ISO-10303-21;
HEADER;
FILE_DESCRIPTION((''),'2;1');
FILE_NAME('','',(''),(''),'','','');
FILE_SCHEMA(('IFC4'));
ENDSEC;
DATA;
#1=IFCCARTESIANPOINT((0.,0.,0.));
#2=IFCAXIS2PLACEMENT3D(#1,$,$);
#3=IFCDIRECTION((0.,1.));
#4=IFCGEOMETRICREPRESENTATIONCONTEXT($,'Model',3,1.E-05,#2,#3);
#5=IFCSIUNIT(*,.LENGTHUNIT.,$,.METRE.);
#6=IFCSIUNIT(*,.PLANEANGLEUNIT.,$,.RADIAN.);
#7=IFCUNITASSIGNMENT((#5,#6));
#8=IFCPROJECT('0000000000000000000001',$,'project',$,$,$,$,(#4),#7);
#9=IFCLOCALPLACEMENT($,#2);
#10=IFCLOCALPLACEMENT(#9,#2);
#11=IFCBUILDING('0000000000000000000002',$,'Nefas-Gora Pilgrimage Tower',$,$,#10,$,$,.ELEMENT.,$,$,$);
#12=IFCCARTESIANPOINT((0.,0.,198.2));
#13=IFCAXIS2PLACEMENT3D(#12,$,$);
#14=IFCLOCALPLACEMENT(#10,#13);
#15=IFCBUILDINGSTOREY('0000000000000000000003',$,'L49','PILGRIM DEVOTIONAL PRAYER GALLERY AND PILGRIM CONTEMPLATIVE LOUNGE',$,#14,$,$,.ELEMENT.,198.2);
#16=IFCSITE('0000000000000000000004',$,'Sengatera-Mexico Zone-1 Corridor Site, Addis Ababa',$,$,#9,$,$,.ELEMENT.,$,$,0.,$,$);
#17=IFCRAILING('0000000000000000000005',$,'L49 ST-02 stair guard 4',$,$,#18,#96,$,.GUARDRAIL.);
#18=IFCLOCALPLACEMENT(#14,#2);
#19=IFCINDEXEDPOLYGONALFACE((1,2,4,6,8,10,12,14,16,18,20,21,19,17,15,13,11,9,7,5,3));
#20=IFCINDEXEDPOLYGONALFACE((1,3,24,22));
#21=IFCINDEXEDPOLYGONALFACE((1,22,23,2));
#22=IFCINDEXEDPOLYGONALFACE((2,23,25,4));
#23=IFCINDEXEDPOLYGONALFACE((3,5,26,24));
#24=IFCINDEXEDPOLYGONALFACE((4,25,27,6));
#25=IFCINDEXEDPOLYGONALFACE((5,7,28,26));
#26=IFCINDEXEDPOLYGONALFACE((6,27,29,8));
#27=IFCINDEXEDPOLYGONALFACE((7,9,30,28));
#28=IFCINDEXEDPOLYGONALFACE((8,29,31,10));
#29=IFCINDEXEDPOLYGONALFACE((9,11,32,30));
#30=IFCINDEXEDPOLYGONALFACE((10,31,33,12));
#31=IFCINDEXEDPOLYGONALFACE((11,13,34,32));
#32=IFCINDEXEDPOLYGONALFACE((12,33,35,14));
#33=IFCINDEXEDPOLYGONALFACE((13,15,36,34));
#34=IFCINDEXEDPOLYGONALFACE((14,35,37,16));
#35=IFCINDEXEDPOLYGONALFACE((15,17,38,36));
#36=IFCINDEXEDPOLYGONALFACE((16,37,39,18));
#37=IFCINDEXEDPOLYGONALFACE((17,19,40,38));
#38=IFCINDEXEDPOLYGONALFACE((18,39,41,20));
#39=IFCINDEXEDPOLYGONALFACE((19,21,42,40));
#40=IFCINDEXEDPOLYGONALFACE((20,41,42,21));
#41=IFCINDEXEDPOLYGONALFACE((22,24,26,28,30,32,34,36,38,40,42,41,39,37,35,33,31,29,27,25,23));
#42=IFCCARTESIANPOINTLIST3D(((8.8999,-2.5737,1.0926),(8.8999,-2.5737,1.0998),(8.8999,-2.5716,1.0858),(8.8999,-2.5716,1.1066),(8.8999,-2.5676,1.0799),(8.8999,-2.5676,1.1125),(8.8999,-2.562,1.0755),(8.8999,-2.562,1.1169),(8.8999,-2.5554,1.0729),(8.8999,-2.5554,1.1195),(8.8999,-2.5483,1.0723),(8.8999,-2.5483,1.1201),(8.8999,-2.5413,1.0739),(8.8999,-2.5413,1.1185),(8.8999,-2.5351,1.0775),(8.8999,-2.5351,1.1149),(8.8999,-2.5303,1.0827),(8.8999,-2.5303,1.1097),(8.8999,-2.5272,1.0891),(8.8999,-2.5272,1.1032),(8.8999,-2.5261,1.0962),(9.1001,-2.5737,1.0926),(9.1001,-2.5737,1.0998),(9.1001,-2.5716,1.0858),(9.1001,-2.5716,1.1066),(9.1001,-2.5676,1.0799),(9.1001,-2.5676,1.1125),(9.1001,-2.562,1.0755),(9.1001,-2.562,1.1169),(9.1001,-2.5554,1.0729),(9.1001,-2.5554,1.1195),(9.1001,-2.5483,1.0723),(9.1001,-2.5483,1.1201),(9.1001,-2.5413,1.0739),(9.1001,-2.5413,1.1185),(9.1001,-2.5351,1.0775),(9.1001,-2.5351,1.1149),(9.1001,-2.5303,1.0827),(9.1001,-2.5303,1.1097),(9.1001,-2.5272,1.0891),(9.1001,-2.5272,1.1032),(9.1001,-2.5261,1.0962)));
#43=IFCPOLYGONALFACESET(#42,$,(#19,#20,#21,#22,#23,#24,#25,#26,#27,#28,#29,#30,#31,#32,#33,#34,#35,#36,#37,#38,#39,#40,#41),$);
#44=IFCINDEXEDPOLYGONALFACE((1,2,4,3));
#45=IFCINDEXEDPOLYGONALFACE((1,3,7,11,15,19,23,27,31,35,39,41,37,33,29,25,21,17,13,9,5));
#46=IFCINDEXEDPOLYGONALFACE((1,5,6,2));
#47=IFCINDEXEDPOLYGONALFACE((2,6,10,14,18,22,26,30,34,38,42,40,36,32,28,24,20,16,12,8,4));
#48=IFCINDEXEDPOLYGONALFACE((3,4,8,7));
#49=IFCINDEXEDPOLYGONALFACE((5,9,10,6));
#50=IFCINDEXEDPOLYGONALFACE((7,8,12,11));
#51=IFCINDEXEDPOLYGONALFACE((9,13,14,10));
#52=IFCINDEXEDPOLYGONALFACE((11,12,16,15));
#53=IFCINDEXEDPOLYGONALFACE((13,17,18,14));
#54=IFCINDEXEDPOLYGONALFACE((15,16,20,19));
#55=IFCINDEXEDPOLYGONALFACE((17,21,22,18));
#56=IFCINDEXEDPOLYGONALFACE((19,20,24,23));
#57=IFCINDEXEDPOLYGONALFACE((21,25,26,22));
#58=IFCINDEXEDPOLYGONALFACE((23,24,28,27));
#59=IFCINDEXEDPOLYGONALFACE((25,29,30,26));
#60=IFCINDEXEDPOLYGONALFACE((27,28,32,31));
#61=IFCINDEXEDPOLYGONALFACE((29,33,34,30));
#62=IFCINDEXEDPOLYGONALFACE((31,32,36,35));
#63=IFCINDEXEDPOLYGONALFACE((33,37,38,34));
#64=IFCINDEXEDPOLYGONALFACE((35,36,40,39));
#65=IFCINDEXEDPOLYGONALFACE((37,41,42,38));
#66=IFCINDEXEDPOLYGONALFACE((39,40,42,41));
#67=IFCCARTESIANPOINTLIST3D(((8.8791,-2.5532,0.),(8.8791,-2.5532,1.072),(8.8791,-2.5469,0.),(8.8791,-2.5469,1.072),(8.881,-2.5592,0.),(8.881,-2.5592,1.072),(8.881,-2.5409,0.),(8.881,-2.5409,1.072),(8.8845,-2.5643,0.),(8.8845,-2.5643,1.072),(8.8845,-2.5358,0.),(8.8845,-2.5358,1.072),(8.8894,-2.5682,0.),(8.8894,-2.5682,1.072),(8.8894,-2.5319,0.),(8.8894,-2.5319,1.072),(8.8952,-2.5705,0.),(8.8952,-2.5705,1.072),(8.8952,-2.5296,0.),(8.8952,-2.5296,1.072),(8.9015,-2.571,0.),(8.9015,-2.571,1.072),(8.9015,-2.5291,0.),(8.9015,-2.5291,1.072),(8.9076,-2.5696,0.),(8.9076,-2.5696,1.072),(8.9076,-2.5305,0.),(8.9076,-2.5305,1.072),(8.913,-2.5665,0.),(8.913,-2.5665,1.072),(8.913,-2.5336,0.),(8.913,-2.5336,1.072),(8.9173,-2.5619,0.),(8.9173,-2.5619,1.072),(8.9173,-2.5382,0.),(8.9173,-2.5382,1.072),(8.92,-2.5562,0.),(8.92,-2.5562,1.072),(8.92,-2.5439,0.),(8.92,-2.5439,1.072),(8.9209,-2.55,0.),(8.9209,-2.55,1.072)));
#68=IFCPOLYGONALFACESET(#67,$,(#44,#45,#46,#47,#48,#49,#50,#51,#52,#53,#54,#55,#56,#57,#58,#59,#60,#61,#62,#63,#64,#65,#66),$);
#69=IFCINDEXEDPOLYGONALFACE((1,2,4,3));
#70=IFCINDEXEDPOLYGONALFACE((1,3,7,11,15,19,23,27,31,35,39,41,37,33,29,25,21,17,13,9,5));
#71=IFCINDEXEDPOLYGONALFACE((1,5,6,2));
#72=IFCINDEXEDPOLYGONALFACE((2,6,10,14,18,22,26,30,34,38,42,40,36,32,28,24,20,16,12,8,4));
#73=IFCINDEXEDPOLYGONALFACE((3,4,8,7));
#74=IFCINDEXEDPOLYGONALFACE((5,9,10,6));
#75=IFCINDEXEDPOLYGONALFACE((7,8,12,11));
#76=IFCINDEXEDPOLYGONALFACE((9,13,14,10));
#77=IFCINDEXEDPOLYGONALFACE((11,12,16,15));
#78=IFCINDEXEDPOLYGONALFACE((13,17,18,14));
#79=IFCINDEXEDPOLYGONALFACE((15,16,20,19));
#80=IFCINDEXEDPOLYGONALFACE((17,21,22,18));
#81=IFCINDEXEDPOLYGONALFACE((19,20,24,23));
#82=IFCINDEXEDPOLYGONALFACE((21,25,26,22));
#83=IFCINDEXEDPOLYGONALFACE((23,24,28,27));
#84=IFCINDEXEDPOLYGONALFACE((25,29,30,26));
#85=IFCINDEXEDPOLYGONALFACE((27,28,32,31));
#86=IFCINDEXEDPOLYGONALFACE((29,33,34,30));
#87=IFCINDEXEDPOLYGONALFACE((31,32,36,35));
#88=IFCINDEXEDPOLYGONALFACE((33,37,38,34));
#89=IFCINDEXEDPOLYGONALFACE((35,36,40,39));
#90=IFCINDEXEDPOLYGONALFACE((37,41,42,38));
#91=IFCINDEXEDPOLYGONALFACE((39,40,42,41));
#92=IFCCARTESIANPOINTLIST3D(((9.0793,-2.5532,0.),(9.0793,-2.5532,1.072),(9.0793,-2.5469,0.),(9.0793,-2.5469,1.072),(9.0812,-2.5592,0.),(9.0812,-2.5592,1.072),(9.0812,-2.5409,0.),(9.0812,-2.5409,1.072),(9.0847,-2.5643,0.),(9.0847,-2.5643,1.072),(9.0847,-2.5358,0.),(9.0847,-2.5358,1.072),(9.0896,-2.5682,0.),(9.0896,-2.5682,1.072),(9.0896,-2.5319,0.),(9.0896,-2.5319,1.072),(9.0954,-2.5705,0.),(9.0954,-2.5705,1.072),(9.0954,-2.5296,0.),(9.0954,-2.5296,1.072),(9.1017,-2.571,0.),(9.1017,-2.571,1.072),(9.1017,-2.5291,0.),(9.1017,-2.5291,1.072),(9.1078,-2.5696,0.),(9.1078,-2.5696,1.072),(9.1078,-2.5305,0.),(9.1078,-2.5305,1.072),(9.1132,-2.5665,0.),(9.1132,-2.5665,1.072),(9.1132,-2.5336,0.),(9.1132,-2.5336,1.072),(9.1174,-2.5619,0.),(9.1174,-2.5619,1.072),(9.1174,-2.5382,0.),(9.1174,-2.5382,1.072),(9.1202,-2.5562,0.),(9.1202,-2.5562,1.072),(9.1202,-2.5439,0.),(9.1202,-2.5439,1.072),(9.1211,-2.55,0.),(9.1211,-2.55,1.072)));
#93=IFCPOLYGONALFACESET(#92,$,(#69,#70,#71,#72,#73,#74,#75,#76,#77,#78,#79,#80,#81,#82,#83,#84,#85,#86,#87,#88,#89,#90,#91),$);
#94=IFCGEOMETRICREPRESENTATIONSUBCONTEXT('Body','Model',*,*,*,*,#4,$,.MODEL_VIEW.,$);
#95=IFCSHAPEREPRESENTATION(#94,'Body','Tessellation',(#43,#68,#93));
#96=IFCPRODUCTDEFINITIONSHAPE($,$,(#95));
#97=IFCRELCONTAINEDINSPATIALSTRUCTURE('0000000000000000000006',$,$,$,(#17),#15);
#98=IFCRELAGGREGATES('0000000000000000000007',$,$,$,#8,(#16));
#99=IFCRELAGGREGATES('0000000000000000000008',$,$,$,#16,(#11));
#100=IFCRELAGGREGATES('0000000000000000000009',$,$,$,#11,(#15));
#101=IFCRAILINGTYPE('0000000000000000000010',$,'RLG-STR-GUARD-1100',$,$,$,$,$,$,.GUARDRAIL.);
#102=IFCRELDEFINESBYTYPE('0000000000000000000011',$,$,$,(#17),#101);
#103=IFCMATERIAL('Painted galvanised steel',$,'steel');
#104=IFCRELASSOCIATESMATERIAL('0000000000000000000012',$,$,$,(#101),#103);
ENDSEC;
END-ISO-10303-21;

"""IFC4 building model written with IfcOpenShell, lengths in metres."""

from ifc_helpers import new_model, si_unit, direction, frame, origin, origin_2d, place, context, subcontext, project, spatial, circle, extrude, material, type_object, element, save


model = new_model("IFC4")

# Units and contexts
model_context = context("Model", 3, precision=1e-05, world=origin(), true_north=direction((0.0, 1.0)))
body_context = subcontext(model_context, "Body", "Model", "MODEL_VIEW")
ifc_project = project(units=[si_unit("LENGTHUNIT", "METRE"), si_unit("PLANEANGLEUNIT", "RADIAN")], contexts=[model_context])

# Site, building, storey
site_placement = place(None, origin())
site = spatial("IfcSite", under=ifc_project, at=site_placement, Name="Sengatera-Mexico Zone-1 Corridor Site, Addis Ababa", CompositionType="ELEMENT", RefElevation=0.0)
building_placement = place(site_placement, origin())
building = spatial("IfcBuilding", under=site, at=building_placement, Name="Nefas-Gora Pilgrimage Tower", CompositionType="ELEMENT")
storey_placement = place(building_placement, frame((0.0, 0.0, 198.2)))
storey = spatial("IfcBuildingStorey", under=building, at=storey_placement, Name="L49", Description="PILGRIM DEVOTIONAL PRAYER GALLERY AND PILGRIM CONTEMPLATIVE LOUNGE", CompositionType="ELEMENT", Elevation=198.2)

# Railing
ifc_material_1 = material(Name="Painted galvanised steel", Category="steel")
railing_type_1 = type_object("IfcRailingType", Name="RLG-STR-GUARD-1100", PredefinedType="GUARDRAIL", material=ifc_material_1)
railing_1_placement = place(storey_placement, frame((8.8999, -2.55, 0.0)))
element("IfcRailing", 1, at=railing_1_placement, inside=storey, type_object=railing_type_1, Name="L49 ST-02 stair guard 4", PredefinedType="GUARDRAIL", context=body_context, shape_type="SweptSolid", body=[
    extrude(circle(Radius=0.0239, at=origin_2d()), frame((0.0, 0.0, 1.0962), z_axis=(1.0, 0.0, 0.0), x_axis=(0.0, 1.0, 0.0)), (0.0, 0.0, 1.0), 0.2002),
    extrude(circle(Radius=0.021, at=origin_2d()), origin(), (0.0, 0.0, 1.0), 1.072),
    extrude(circle(Radius=0.021, at=origin_2d()), frame((0.2002, 0.0, 0.0)), (0.0, 0.0, 1.0), 1.072),
])

save(model, "model.ifc")
